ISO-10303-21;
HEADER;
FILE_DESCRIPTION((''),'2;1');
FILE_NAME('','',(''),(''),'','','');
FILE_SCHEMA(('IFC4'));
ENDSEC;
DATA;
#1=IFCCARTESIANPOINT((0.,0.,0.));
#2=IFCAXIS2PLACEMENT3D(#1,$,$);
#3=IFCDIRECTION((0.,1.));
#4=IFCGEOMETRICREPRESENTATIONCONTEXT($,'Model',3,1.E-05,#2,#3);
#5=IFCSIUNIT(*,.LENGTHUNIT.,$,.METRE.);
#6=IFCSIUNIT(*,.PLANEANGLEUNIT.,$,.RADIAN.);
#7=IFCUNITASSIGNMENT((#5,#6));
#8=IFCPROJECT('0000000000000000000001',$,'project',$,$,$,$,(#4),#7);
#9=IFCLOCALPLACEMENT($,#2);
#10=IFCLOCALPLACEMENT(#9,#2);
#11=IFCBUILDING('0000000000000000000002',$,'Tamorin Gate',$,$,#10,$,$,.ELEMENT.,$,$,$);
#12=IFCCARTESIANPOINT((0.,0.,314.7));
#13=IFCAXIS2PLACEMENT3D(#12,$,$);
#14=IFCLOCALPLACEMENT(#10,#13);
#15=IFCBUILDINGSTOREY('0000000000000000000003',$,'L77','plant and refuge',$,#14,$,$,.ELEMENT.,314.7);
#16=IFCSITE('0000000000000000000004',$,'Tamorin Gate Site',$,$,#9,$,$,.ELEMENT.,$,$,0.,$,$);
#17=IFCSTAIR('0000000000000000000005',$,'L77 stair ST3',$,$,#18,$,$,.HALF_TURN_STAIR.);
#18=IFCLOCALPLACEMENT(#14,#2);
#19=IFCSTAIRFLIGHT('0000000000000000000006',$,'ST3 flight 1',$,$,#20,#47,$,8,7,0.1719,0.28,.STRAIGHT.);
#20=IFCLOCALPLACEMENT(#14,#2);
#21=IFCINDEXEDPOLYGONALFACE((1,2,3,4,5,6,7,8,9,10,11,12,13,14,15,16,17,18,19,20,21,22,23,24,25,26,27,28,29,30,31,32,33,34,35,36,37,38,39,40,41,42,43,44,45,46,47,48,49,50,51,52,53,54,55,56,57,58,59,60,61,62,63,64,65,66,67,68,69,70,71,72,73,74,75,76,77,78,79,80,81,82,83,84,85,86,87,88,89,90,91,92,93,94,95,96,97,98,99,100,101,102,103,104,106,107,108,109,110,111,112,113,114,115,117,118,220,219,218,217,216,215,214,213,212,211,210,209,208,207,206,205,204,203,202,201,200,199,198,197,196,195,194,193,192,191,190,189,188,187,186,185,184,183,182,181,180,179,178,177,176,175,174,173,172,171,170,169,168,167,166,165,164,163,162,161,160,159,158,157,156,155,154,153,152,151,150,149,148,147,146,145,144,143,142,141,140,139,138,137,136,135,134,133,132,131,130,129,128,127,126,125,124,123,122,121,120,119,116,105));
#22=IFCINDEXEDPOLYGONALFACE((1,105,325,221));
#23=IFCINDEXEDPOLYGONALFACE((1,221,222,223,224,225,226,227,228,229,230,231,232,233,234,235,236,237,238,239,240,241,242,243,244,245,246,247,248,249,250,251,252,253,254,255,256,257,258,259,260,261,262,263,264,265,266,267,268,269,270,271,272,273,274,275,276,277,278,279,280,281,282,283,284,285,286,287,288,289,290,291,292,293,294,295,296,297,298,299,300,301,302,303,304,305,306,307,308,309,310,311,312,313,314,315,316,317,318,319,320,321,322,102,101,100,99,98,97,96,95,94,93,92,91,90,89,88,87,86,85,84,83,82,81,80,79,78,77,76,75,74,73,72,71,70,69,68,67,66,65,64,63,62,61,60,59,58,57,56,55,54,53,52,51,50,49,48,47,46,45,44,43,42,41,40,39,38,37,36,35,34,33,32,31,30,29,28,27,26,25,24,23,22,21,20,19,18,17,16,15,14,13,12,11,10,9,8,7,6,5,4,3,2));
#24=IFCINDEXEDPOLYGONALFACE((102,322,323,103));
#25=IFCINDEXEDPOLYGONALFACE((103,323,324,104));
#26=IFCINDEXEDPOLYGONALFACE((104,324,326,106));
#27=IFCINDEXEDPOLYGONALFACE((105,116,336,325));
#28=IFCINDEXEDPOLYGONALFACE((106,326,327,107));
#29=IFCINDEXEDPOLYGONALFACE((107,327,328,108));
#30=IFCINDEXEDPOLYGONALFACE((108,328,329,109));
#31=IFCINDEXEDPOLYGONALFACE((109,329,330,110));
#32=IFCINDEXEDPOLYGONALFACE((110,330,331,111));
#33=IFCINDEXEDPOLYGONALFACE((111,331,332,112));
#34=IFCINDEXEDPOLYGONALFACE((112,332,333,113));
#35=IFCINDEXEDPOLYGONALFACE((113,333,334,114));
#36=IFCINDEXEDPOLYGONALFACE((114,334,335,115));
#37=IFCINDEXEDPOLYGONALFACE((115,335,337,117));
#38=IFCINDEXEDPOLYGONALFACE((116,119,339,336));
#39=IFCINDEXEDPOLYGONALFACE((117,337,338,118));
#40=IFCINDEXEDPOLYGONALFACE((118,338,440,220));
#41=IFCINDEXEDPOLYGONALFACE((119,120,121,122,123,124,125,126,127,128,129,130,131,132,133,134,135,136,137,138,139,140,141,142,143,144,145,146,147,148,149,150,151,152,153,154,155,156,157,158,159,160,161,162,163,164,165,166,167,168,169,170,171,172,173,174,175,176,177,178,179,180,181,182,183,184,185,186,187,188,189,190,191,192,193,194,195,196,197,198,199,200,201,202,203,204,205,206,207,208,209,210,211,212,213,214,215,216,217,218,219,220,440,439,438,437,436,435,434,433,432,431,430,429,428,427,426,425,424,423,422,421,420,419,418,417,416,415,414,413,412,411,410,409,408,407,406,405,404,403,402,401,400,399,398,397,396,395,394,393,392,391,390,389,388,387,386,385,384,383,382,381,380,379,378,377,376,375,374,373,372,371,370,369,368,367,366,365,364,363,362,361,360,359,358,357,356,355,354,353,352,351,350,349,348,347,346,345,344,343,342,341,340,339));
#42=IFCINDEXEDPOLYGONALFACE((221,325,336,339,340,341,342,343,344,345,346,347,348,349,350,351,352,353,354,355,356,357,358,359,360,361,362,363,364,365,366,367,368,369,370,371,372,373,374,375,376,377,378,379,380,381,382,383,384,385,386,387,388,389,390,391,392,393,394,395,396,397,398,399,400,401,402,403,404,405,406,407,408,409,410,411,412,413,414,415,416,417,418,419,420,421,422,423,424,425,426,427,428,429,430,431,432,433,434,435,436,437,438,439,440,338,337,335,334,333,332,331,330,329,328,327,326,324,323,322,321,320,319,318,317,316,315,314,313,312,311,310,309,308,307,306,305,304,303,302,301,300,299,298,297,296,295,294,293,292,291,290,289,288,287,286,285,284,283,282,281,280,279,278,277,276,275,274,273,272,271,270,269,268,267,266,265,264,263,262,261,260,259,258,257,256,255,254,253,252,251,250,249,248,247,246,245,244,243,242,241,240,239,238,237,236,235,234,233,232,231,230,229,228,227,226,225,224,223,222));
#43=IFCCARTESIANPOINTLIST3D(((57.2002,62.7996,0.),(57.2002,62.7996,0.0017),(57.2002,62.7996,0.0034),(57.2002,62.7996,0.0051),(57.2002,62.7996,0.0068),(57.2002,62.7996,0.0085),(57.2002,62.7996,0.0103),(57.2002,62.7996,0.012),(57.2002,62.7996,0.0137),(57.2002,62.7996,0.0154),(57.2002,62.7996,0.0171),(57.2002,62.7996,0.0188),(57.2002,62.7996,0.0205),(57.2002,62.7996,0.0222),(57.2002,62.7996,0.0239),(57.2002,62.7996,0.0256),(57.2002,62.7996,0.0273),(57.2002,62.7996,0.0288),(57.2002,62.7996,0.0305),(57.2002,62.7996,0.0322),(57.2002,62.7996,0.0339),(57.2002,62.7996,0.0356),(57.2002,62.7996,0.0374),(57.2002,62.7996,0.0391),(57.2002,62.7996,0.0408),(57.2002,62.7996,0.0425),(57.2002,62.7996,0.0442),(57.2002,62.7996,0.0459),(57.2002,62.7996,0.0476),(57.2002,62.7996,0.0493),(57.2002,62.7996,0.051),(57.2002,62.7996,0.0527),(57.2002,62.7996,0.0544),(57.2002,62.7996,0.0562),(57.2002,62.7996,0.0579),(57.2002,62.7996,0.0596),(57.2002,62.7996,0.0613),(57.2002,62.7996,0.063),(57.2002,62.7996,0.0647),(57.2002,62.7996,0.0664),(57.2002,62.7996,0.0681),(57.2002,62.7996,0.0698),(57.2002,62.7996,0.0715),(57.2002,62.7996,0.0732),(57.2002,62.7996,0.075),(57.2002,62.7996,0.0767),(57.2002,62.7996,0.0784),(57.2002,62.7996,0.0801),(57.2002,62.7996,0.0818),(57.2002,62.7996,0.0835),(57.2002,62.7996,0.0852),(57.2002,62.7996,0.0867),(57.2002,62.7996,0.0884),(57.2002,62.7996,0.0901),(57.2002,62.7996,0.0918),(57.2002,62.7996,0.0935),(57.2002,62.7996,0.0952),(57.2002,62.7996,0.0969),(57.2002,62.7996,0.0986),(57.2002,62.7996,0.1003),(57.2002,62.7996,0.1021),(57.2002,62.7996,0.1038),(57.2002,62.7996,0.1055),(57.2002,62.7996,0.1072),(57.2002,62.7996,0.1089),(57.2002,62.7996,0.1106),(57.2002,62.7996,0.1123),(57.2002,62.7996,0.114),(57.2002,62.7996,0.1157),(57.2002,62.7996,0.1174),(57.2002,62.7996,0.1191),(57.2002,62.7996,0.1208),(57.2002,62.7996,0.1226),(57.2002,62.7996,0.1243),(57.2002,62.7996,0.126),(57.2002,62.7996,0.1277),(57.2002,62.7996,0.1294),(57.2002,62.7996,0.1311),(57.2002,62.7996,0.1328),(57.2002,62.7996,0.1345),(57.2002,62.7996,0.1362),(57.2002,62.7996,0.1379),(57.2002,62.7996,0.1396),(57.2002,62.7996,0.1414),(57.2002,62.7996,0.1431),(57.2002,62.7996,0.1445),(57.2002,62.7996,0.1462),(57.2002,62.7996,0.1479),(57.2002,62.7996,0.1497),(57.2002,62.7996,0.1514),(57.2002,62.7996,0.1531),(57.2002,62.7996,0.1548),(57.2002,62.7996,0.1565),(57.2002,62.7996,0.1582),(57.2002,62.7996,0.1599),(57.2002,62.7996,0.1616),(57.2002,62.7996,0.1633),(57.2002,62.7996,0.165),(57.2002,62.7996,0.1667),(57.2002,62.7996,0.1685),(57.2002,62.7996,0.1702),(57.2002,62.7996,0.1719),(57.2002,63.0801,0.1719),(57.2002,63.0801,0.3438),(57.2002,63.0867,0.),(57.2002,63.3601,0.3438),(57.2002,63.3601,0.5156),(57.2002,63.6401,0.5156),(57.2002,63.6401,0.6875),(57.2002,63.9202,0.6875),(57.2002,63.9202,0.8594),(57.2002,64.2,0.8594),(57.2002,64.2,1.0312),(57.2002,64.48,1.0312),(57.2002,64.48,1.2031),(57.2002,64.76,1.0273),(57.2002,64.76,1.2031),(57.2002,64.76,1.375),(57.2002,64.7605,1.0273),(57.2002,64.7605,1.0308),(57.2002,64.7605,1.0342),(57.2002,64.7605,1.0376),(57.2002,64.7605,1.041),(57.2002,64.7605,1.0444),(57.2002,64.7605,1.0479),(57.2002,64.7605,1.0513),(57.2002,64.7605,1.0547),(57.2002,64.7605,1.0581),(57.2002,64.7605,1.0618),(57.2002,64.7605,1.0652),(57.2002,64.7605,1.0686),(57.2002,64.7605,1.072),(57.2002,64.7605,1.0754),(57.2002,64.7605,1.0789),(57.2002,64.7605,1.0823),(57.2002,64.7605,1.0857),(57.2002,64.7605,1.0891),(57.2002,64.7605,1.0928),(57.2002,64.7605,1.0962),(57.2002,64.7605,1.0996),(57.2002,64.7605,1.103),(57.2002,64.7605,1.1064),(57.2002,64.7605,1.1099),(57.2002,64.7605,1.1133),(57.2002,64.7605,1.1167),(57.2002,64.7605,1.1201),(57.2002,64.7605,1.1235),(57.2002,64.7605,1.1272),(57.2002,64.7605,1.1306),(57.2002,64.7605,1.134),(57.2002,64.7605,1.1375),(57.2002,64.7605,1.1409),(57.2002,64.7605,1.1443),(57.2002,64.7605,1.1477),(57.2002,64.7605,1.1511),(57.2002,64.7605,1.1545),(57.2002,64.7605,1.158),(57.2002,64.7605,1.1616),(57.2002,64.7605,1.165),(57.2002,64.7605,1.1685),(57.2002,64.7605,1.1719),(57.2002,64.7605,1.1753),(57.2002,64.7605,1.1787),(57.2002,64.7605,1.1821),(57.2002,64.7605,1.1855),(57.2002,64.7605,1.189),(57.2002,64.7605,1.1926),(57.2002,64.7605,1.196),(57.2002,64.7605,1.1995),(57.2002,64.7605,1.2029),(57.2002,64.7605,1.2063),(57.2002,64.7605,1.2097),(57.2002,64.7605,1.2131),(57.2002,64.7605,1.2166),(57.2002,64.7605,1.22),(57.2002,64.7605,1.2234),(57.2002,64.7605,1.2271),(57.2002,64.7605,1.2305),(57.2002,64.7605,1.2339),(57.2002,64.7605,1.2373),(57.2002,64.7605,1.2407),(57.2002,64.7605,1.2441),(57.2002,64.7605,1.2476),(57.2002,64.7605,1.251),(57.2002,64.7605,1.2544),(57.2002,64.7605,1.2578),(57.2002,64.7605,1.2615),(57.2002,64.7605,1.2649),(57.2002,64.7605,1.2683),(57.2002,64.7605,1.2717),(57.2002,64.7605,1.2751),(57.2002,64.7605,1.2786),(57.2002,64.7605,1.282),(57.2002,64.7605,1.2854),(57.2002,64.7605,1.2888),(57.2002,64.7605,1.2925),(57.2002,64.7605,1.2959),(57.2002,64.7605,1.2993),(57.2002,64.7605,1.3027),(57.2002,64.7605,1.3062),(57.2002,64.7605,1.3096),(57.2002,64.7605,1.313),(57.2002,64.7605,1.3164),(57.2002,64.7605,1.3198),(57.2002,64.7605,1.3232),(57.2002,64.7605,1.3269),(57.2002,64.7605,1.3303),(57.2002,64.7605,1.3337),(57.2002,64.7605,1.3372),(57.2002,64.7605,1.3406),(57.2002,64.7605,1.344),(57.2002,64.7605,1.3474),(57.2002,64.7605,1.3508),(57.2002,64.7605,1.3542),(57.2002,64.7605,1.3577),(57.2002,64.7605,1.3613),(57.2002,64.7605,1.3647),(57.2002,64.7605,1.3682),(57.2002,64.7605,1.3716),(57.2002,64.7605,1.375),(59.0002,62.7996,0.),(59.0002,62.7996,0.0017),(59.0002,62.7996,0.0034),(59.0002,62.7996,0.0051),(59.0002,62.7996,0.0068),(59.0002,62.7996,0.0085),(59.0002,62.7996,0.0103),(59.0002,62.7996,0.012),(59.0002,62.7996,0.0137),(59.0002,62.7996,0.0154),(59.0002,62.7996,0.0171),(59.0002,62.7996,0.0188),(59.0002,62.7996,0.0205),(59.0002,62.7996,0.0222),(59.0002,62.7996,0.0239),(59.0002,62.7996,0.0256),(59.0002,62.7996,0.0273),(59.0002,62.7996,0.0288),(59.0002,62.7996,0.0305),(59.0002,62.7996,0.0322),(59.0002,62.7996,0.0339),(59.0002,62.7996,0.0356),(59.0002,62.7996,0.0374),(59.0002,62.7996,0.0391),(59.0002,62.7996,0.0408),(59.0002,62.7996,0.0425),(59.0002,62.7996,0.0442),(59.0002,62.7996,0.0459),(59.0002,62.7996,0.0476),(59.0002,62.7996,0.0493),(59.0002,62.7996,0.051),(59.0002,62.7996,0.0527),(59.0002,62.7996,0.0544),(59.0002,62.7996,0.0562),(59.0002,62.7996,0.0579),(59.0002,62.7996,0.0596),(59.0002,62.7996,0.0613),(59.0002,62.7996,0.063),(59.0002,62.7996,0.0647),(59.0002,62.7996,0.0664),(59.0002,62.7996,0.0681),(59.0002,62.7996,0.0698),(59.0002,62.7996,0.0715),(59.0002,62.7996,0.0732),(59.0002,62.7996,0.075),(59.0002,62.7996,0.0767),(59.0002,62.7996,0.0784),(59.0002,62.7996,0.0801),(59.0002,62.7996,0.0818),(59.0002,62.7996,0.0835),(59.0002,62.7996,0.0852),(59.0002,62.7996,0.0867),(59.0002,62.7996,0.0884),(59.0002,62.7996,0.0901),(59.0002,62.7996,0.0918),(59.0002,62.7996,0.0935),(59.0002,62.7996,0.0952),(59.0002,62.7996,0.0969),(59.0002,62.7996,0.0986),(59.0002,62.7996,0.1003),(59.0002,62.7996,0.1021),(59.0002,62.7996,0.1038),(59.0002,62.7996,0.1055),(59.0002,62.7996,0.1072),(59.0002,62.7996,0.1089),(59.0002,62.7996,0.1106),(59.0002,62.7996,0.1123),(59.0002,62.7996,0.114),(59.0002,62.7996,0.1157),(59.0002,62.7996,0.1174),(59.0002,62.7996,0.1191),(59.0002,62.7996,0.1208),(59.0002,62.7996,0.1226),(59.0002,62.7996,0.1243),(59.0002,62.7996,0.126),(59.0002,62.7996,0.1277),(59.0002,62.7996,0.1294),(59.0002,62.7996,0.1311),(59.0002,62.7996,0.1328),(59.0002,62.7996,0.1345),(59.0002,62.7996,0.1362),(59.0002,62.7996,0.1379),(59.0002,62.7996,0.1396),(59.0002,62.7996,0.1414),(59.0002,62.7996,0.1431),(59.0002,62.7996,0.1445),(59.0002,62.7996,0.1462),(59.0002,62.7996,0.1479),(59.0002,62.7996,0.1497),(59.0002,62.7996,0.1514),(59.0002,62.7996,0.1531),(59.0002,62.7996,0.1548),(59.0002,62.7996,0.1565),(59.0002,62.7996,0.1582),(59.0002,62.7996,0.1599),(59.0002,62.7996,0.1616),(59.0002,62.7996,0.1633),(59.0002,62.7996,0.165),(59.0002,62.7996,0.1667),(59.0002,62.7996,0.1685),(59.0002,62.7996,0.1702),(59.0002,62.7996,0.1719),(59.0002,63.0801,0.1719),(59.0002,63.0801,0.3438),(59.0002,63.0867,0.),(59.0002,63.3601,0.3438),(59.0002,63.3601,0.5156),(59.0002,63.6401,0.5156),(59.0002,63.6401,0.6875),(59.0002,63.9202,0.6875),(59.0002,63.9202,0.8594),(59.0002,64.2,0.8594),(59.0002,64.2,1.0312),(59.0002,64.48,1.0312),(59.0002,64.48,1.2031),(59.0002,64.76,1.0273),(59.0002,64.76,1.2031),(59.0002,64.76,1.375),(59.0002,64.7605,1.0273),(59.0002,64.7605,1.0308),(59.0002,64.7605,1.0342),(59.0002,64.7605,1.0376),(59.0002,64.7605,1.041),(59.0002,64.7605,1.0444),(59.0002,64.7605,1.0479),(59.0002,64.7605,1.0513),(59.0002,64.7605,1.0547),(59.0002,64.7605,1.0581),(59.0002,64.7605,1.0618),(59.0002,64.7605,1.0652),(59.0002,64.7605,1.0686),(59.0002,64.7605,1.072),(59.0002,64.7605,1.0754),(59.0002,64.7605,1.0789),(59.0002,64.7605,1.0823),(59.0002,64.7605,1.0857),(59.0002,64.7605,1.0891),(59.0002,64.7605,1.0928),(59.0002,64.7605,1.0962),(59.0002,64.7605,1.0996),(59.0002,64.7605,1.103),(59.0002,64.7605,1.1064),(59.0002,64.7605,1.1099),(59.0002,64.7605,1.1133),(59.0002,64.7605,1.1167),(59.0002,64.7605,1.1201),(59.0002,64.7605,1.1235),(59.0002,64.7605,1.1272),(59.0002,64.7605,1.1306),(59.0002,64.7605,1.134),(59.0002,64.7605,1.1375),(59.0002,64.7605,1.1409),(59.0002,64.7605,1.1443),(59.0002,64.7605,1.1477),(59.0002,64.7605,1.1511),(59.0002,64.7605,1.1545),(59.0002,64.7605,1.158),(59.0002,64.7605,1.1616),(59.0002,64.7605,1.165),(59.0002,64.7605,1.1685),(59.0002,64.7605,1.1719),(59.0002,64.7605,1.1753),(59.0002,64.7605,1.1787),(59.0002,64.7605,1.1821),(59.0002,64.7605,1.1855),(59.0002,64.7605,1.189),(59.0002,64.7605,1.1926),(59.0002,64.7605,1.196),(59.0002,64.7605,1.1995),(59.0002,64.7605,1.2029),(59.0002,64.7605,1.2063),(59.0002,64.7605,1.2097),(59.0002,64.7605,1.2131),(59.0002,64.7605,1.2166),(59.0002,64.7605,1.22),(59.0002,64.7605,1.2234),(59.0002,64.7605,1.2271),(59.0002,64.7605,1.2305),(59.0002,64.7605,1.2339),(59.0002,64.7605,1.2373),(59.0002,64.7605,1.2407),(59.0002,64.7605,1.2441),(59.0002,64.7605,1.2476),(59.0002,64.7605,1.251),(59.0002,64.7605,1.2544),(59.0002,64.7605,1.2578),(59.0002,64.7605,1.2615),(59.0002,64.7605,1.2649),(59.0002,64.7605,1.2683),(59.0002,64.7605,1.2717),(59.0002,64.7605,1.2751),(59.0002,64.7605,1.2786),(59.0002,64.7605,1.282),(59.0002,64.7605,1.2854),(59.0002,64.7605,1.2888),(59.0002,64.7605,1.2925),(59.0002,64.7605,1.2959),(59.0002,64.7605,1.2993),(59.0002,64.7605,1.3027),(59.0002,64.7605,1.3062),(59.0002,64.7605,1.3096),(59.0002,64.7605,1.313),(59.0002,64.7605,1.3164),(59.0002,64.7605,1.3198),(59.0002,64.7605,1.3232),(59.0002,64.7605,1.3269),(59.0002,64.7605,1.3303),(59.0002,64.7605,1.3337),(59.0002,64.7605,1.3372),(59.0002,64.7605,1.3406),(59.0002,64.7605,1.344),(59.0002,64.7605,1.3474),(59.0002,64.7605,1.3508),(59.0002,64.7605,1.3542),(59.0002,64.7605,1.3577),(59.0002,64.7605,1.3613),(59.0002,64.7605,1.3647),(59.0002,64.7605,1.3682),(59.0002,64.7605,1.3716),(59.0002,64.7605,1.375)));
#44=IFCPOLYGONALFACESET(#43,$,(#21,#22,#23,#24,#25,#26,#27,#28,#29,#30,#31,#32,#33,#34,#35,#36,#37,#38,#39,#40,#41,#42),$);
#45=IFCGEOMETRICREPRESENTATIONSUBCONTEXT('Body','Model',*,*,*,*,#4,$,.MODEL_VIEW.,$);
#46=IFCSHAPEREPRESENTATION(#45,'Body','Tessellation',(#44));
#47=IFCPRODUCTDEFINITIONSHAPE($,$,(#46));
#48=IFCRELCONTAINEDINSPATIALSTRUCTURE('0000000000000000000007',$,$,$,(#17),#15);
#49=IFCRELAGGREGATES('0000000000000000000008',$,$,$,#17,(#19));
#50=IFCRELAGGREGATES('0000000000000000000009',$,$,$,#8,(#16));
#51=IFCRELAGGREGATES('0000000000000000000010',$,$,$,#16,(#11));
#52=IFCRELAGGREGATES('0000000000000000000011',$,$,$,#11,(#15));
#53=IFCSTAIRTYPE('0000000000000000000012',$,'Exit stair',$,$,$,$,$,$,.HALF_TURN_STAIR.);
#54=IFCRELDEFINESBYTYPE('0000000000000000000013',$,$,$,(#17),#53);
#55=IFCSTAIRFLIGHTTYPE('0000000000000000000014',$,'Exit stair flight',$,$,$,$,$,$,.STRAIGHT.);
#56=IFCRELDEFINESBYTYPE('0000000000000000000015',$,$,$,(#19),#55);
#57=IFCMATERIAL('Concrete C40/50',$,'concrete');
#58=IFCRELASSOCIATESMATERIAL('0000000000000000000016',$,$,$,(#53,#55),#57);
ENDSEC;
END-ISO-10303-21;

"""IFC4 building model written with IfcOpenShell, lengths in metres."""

from ifc_helpers import new_model, si_unit, direction, frame, origin, place, context, subcontext, project, spatial, polyline, outline, extrude, material, type_object, element, aggregate, save


model = new_model("IFC4")

# Units and contexts
model_context = context("Model", 3, precision=1e-05, world=origin(), true_north=direction((0.0, 1.0)))
body_context = subcontext(model_context, "Body", "Model", "MODEL_VIEW")
ifc_project = project(units=[si_unit("LENGTHUNIT", "METRE"), si_unit("PLANEANGLEUNIT", "RADIAN")], contexts=[model_context])

# Site, building, storey
site_placement = place(None, origin())
site = spatial("IfcSite", under=ifc_project, at=site_placement, Name="Tamorin Gate Site", CompositionType="ELEMENT", RefElevation=0.0)
building_placement = place(site_placement, origin())
building = spatial("IfcBuilding", under=site, at=building_placement, Name="Tamorin Gate", CompositionType="ELEMENT")
storey_placement = place(building_placement, frame((0.0, 0.0, 314.7)))
storey = spatial("IfcBuildingStorey", under=building, at=storey_placement, Name="L77", Description="plant and refuge", CompositionType="ELEMENT", Elevation=314.7)

# Shared definitions
ifc_material_1 = material(Name="Concrete C40/50", Category="concrete")

# Stair, stair flight
stair_type = type_object("IfcStairType", Name="Exit stair", PredefinedType="HALF_TURN_STAIR", material=ifc_material_1)
stair_placement = place(storey_placement, origin())
stair = element("IfcStair", 1, at=stair_placement, inside=storey, type_object=stair_type, Name="L77 stair ST3", PredefinedType="HALF_TURN_STAIR")
stair_flight_type = type_object("IfcStairFlightType", Name="Exit stair flight", PredefinedType="STRAIGHT", material=ifc_material_1)
stair_flight_1_placement = place(storey_placement, frame((58.1001, 62.8, 0.0), z_axis=(0.0, 0.0, 1.0), x_axis=(0.0, 1.0, 0.0)))
stair_flight_1 = element("IfcStairFlight", 2, at=stair_flight_1_placement, type_object=stair_flight_type, Name="ST3 flight 1", NumberOfRisers=8, NumberOfTreads=7, PredefinedType="STRAIGHT", RiserHeight=0.1719, TreadLength=0.28, context=body_context, shape_type="SweptSolid", body=[
    extrude(outline(polyline([(-0.0005, 0.0), (-0.0005, 0.0017), (-0.0005, 0.0034), (-0.0005, 0.0051), (-0.0005, 0.0068), (-0.0005, 0.0085), (-0.0005, 0.0103), (-0.0005, 0.012), (-0.0005, 0.0137), (-0.0005, 0.0154), (-0.0005, 0.0171), (-0.0005, 0.0188), (-0.0005, 0.0205), (-0.0005, 0.0222), (-0.0005, 0.0239), (-0.0005, 0.0256), (-0.0005, 0.0273), (-0.0005, 0.0288), (-0.0005, 0.0305), (-0.0005, 0.0322), (-0.0005, 0.0339), (-0.0005, 0.0356), (-0.0005, 0.0374), (-0.0005, 0.0391), (-0.0005, 0.0408), (-0.0005, 0.0425), (-0.0005, 0.0442), (-0.0005, 0.0459), (-0.0005, 0.0476), (-0.0005, 0.0493), (-0.0005, 0.051), (-0.0005, 0.0527), (-0.0005, 0.0544), (-0.0005, 0.0562), (-0.0005, 0.0579), (-0.0005, 0.0596), (-0.0005, 0.0613), (-0.0005, 0.063), (-0.0005, 0.0647), (-0.0005, 0.0664), (-0.0005, 0.0681), (-0.0005, 0.0698), (-0.0005, 0.0715), (-0.0005, 0.0732), (-0.0005, 0.075), (-0.0005, 0.0767), (-0.0005, 0.0784), (-0.0005, 0.0801), (-0.0005, 0.0818), (-0.0005, 0.0835), (-0.0005, 0.0852), (-0.0005, 0.0867), (-0.0005, 0.0884), (-0.0005, 0.0901), (-0.0005, 0.0918), (-0.0005, 0.0935), (-0.0005, 0.0952), (-0.0005, 0.0969), (-0.0005, 0.0986), (-0.0005, 0.1003), (-0.0005, 0.1021), (-0.0005, 0.1038), (-0.0005, 0.1055), (-0.0005, 0.1072), (-0.0005, 0.1089), (-0.0005, 0.1106), (-0.0005, 0.1123), (-0.0005, 0.114), (-0.0005, 0.1157), (-0.0005, 0.1174), (-0.0005, 0.1191), (-0.0005, 0.1208), (-0.0005, 0.1226), (-0.0005, 0.1243), (-0.0005, 0.126), (-0.0005, 0.1277), (-0.0005, 0.1294), (-0.0005, 0.1311), (-0.0005, 0.1328), (-0.0005, 0.1345), (-0.0005, 0.1362), (-0.0005, 0.1379), (-0.0005, 0.1396), (-0.0005, 0.1414), (-0.0005, 0.1431), (-0.0005, 0.1445), (-0.0005, 0.1462), (-0.0005, 0.1479), (-0.0005, 0.1497), (-0.0005, 0.1514), (-0.0005, 0.1531), (-0.0005, 0.1548), (-0.0005, 0.1565), (-0.0005, 0.1582), (-0.0005, 0.1599), (-0.0005, 0.1616), (-0.0005, 0.1633), (-0.0005, 0.165), (-0.0005, 0.1667), (-0.0005, 0.1685), (-0.0005, 0.1702), (-0.0005, 0.1719), (0.28, 0.1719), (0.28, 0.3438), (0.5601, 0.3438), (0.5601, 0.5156), (0.8401, 0.5156), (0.8401, 0.6875), (1.1201, 0.6875), (1.1201, 0.8594), (1.3999, 0.8594), (1.3999, 1.0312), (1.6799, 1.0312), (1.6799, 1.2031), (1.96, 1.2031), (1.96, 1.375), (1.9604, 1.375), (1.9604, 1.3716), (1.9604, 1.3682), (1.9604, 1.3647), (1.9604, 1.3613), (1.9604, 1.3577), (1.9604, 1.3542), (1.9604, 1.3508), (1.9604, 1.3474), (1.9604, 1.344), (1.9604, 1.3406), (1.9604, 1.3372), (1.9604, 1.3337), (1.9604, 1.3303), (1.9604, 1.3269), (1.9604, 1.3232), (1.9604, 1.3198), (1.9604, 1.3164), (1.9604, 1.313), (1.9604, 1.3096), (1.9604, 1.3062), (1.9604, 1.3027), (1.9604, 1.2993), (1.9604, 1.2959), (1.9604, 1.2925), (1.9604, 1.2888), (1.9604, 1.2854), (1.9604, 1.282), (1.9604, 1.2786), (1.9604, 1.2751), (1.9604, 1.2717), (1.9604, 1.2683), (1.9604, 1.2649), (1.9604, 1.2615), (1.9604, 1.2578), (1.9604, 1.2544), (1.9604, 1.251), (1.9604, 1.2476), (1.9604, 1.2441), (1.9604, 1.2407), (1.9604, 1.2373), (1.9604, 1.2339), (1.9604, 1.2305), (1.9604, 1.2271), (1.9604, 1.2234), (1.9604, 1.22), (1.9604, 1.2166), (1.9604, 1.2131), (1.9604, 1.2097), (1.9604, 1.2063), (1.9604, 1.2029), (1.9604, 1.1995), (1.9604, 1.196), (1.9604, 1.1926), (1.9604, 1.189), (1.9604, 1.1855), (1.9604, 1.1821), (1.9604, 1.1787), (1.9604, 1.1753), (1.9604, 1.1719), (1.9604, 1.1685), (1.9604, 1.165), (1.9604, 1.1616), (1.9604, 1.158), (1.9604, 1.1545), (1.9604, 1.1511), (1.9604, 1.1477), (1.9604, 1.1443), (1.9604, 1.1409), (1.9604, 1.1375), (1.9604, 1.134), (1.9604, 1.1306), (1.9604, 1.1272), (1.9604, 1.1235), (1.9604, 1.1201), (1.9604, 1.1167), (1.9604, 1.1133), (1.9604, 1.1099), (1.9604, 1.1064), (1.9604, 1.103), (1.9604, 1.0996), (1.9604, 1.0962), (1.9604, 1.0928), (1.9604, 1.0891), (1.9604, 1.0857), (1.9604, 1.0823), (1.9604, 1.0789), (1.9604, 1.0754), (1.9604, 1.072), (1.9604, 1.0686), (1.9604, 1.0652), (1.9604, 1.0618), (1.9604, 1.0581), (1.9604, 1.0547), (1.9604, 1.0513), (1.9604, 1.0479), (1.9604, 1.0444), (1.9604, 1.041), (1.9604, 1.0376), (1.9604, 1.0342), (1.9604, 1.0308), (1.9604, 1.0273), (1.96, 1.0273), (0.2866, 0.0), (-0.0005, 0.0)])), frame((0.0, 0.8999, 0.0), z_axis=(0.0, -1.0, 0.0), x_axis=(1.0, 0.0, 0.0)), (0.0, 0.0, 1.0), 1.8),
])
aggregate(stair, [stair_flight_1])

save(model, "model.ifc")
